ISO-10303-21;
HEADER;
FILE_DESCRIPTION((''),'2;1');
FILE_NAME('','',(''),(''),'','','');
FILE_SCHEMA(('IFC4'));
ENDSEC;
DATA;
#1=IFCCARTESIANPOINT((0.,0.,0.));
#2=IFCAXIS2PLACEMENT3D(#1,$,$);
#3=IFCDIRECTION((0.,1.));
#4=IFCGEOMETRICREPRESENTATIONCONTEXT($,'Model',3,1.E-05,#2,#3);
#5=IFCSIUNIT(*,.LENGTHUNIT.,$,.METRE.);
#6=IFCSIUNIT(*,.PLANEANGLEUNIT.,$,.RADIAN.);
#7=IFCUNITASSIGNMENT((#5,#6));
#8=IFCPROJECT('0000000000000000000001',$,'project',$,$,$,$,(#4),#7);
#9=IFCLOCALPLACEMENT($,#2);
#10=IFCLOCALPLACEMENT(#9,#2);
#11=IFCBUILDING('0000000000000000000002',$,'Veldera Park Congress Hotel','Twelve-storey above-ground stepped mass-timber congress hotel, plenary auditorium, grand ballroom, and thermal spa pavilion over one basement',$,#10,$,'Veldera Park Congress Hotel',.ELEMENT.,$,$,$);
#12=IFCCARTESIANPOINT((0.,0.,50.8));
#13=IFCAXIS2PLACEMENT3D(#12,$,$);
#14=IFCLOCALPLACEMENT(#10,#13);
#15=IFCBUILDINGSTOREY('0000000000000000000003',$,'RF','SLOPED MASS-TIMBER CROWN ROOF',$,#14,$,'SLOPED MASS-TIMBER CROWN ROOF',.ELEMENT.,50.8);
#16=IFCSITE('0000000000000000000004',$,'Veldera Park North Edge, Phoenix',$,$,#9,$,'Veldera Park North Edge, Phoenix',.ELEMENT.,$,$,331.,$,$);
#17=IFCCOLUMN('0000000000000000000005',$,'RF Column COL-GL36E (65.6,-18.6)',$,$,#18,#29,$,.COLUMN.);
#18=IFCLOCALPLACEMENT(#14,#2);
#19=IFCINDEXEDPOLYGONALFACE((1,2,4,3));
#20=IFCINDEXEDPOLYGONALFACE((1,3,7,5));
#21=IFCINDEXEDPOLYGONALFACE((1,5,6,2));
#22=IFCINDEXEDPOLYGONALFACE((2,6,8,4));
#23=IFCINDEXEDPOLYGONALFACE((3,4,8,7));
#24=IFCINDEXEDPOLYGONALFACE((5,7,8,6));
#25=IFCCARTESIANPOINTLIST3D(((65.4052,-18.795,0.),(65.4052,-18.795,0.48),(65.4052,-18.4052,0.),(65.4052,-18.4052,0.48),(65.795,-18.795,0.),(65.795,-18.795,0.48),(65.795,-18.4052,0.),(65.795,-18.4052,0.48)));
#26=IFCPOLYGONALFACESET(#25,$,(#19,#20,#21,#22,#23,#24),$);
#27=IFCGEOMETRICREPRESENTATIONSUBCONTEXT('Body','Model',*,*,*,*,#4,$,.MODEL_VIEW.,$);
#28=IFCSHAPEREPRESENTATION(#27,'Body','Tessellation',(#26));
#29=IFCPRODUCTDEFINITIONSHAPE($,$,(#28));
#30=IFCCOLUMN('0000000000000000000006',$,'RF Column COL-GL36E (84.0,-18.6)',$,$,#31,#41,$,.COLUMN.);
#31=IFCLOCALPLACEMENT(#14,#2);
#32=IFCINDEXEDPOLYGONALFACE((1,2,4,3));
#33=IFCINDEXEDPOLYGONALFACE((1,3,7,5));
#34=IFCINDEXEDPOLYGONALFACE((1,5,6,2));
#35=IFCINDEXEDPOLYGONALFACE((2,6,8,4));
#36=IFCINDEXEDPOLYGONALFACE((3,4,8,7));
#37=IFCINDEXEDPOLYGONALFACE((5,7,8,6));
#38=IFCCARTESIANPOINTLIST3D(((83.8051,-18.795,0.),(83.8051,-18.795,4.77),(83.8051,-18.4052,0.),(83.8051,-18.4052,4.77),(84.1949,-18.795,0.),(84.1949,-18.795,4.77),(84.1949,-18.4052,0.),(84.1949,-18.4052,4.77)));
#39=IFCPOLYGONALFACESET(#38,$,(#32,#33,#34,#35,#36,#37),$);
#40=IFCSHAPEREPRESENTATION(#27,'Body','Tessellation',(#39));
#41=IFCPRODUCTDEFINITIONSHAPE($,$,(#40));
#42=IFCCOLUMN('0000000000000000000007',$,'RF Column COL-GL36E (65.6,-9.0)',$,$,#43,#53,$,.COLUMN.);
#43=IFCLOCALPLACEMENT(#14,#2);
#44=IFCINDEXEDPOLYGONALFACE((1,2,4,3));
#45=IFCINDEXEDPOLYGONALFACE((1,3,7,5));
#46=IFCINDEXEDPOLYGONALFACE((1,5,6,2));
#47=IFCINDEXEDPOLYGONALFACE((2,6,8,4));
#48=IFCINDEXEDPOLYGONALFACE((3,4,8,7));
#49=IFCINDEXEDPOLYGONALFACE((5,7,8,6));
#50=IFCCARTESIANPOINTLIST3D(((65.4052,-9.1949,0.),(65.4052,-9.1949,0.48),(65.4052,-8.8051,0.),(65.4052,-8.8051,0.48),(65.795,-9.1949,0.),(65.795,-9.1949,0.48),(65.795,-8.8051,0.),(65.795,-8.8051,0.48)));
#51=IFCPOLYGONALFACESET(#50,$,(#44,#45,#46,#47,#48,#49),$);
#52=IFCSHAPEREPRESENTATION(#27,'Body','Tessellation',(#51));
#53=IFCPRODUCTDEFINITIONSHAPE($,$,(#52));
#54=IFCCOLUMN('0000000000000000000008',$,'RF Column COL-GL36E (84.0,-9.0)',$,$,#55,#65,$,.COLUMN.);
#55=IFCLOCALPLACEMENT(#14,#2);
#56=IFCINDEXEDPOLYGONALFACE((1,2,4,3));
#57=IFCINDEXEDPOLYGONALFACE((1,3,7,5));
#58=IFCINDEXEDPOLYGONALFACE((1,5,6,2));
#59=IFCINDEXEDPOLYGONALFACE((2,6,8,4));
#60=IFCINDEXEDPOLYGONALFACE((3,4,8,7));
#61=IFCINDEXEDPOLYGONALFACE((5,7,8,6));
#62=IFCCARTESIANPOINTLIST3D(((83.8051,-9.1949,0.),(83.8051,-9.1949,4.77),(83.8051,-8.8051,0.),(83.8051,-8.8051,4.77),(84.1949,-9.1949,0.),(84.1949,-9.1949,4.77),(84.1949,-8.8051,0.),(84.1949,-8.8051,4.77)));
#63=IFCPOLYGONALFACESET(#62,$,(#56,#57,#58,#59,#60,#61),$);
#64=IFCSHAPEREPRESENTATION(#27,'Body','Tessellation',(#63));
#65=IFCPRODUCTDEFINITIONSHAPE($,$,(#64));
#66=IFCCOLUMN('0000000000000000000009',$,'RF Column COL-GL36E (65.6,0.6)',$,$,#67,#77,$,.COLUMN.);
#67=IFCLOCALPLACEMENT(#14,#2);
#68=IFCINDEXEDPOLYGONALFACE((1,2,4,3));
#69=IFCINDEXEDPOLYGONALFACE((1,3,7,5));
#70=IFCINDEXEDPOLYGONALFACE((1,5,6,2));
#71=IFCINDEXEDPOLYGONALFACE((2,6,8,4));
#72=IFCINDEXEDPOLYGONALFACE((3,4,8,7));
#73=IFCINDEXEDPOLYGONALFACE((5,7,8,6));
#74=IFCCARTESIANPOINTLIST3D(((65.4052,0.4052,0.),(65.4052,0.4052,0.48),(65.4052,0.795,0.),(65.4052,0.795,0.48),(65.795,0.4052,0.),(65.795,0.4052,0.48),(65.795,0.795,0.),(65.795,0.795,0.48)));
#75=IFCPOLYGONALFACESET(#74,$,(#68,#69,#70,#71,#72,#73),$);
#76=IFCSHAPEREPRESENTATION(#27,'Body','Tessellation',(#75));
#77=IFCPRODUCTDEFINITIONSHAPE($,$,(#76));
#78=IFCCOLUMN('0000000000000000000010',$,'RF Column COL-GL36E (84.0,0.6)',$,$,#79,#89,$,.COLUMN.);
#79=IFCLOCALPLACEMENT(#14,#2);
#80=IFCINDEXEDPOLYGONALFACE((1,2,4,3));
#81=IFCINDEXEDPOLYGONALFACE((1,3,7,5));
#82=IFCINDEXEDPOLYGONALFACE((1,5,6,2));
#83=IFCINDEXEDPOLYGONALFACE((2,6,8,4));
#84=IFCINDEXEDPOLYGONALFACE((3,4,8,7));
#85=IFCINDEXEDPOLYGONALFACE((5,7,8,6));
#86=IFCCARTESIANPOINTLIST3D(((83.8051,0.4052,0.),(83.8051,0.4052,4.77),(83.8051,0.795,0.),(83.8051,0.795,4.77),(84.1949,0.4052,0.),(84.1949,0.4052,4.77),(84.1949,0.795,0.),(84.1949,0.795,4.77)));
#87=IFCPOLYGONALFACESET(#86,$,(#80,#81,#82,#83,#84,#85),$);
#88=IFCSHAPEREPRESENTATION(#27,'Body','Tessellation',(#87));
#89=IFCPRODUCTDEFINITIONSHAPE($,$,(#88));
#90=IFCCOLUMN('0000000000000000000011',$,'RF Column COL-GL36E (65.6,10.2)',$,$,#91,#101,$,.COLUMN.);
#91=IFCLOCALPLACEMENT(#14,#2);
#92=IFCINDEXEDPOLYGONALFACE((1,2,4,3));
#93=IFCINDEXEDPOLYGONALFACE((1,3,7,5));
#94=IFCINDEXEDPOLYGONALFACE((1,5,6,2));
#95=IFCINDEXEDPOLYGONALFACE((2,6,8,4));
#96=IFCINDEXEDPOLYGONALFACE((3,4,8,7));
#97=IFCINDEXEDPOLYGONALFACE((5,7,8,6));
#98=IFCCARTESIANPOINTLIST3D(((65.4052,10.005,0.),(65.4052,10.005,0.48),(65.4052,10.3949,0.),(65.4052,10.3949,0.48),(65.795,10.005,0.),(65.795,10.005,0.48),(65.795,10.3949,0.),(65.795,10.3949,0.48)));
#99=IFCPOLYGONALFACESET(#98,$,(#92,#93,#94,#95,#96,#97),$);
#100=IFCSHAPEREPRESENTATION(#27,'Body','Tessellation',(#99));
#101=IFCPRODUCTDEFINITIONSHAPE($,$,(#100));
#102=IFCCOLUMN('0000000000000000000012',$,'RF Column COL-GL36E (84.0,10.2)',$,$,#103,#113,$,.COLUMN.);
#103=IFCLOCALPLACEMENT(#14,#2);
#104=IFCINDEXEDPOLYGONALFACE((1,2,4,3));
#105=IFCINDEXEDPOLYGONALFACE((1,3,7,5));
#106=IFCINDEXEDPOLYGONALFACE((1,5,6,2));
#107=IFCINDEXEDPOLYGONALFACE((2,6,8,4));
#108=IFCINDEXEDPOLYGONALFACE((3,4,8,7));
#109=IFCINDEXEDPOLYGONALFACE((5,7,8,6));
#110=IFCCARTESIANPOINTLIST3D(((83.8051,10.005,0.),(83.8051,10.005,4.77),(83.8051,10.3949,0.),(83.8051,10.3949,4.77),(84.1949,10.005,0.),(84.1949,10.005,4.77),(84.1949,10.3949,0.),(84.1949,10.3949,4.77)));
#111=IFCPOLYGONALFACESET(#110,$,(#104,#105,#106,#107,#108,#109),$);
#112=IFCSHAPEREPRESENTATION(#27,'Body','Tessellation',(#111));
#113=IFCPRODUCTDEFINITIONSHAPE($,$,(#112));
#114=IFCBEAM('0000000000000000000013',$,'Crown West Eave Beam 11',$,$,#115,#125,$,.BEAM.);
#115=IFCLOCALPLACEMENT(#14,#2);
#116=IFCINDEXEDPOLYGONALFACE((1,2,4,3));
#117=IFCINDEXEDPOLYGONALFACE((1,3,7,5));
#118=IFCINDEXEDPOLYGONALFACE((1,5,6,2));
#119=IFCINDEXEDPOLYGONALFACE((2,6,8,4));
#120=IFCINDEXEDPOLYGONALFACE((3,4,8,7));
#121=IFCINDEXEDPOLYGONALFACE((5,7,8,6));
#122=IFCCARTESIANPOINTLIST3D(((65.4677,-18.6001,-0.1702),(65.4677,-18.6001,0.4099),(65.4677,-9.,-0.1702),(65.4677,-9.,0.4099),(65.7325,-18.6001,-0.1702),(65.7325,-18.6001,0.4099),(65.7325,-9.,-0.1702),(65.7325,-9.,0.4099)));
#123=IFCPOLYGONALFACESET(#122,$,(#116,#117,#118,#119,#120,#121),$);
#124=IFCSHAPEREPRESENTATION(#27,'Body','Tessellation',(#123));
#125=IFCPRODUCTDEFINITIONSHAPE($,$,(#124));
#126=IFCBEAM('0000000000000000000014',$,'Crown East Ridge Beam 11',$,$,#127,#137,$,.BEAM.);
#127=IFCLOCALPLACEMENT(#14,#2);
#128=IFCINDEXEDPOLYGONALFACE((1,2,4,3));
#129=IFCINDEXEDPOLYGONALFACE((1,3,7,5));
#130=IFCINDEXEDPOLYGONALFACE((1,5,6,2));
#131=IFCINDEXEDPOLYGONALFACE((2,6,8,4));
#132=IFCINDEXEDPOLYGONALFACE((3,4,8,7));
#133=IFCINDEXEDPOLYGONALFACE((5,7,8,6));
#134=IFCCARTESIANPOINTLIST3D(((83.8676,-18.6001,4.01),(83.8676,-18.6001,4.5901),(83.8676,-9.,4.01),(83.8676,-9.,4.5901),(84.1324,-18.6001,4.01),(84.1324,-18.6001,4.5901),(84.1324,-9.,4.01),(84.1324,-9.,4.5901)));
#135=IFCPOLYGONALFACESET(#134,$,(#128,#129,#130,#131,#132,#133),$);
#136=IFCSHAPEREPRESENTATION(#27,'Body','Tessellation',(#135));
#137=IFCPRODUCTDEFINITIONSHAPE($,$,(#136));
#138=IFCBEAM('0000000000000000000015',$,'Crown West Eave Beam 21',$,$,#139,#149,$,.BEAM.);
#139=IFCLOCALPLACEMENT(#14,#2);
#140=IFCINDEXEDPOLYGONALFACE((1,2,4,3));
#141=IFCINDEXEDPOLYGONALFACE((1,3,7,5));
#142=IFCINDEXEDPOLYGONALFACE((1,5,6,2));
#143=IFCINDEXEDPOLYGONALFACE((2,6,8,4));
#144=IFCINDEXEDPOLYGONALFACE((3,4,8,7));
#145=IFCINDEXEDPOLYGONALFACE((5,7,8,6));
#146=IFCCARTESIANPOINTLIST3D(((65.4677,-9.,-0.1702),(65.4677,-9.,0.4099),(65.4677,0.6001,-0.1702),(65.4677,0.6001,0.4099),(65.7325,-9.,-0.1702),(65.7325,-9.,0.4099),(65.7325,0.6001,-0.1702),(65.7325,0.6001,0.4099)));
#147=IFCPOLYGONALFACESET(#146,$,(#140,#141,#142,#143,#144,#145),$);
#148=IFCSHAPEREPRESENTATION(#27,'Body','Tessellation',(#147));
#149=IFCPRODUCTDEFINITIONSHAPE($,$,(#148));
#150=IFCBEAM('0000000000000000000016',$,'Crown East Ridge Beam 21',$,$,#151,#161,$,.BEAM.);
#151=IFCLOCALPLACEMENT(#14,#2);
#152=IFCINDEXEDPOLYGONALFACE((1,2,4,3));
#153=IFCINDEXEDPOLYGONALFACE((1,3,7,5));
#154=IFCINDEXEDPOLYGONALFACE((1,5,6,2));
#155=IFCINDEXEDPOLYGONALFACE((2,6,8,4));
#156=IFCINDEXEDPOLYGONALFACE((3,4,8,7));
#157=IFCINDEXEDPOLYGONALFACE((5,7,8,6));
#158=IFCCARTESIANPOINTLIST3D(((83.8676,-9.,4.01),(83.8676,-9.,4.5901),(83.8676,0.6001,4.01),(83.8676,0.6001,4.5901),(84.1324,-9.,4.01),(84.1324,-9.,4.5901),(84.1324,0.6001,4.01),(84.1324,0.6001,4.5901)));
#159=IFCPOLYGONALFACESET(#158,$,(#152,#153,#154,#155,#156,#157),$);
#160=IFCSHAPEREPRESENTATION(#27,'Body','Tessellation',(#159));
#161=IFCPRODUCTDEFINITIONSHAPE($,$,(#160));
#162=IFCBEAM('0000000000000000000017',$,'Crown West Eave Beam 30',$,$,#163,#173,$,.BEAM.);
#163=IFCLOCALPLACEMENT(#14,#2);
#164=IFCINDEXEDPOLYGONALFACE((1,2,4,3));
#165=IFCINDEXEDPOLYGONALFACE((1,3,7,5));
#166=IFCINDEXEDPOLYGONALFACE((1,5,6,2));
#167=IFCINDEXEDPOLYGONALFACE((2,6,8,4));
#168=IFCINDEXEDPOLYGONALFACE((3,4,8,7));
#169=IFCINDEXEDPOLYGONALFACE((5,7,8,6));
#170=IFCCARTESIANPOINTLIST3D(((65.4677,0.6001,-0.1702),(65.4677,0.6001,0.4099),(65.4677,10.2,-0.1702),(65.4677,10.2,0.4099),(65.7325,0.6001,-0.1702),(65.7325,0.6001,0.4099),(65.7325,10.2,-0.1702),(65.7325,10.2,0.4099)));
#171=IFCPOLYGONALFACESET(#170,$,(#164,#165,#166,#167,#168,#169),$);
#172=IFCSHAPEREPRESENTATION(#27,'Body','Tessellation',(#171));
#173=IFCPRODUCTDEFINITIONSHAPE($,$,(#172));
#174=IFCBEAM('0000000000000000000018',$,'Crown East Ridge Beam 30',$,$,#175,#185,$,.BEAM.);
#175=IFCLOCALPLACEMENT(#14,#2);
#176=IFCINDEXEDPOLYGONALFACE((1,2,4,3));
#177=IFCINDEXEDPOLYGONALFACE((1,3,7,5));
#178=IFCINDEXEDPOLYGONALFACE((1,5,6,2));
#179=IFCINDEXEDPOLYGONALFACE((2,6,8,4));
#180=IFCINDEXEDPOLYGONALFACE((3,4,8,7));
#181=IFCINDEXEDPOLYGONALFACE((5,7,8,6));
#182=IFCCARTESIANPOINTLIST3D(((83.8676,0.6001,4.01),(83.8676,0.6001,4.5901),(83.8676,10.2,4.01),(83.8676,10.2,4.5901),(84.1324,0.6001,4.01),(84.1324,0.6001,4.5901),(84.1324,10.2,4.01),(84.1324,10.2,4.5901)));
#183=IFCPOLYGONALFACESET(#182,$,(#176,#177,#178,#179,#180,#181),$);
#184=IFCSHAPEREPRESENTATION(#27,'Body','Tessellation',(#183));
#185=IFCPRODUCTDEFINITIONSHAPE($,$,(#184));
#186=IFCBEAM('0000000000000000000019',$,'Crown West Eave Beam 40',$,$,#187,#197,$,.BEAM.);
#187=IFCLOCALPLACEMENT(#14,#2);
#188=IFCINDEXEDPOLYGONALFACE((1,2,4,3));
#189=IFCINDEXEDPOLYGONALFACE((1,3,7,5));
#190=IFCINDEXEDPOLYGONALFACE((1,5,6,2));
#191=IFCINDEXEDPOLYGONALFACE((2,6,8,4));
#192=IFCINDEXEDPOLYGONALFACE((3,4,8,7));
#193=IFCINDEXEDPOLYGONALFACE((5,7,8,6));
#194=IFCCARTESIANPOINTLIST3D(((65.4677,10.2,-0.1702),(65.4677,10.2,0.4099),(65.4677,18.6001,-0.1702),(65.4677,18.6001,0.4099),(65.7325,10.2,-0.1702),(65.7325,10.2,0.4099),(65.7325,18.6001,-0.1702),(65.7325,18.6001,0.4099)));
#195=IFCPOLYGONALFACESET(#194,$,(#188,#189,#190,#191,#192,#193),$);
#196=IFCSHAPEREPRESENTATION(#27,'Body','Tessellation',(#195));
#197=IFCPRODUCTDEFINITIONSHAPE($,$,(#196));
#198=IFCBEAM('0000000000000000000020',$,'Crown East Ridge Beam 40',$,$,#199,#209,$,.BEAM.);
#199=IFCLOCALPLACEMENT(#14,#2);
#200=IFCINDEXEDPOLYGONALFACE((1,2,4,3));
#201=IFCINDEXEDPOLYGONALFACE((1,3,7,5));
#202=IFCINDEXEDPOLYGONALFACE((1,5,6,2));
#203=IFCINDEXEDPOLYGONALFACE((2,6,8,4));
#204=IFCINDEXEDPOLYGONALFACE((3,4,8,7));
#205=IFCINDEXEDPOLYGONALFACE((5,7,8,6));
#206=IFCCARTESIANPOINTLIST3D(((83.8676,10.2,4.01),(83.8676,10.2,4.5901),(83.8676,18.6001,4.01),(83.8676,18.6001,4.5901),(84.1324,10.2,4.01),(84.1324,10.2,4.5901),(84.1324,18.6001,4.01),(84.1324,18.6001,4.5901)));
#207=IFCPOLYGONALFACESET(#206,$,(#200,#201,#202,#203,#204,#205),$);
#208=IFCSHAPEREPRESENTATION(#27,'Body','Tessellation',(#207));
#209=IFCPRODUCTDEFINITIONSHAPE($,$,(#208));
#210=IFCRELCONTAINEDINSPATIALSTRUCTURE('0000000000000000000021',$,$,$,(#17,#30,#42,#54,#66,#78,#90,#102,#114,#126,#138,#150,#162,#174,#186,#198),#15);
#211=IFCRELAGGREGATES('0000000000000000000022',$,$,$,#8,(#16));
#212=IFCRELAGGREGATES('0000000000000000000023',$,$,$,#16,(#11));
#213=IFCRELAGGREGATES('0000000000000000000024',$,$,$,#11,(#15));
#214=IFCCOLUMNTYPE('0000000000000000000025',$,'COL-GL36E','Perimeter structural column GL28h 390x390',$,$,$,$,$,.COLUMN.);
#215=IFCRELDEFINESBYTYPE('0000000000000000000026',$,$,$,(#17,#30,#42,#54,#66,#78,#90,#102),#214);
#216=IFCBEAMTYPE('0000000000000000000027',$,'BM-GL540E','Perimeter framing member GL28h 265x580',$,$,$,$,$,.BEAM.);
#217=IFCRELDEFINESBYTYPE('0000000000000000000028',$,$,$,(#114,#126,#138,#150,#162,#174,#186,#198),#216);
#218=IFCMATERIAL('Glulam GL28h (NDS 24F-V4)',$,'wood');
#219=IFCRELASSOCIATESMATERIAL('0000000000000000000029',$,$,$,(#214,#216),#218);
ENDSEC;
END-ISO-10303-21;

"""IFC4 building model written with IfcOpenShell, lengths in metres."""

from ifc_helpers import new_model, si_unit, direction, frame, origin, origin_2d, place, context, subcontext, project, spatial, rectangle, extrude, material, material_profile, profile_set, type_object, element, save


model = new_model("IFC4")

# Units and contexts
model_context = context("Model", 3, precision=1e-05, world=origin(), true_north=direction((0.0, 1.0)))
body_context = subcontext(model_context, "Body", "Model", "MODEL_VIEW")
ifc_project = project(units=[si_unit("LENGTHUNIT", "METRE"), si_unit("PLANEANGLEUNIT", "RADIAN")], contexts=[model_context])

# Site, building, storey
site_placement = place(None, origin())
site = spatial("IfcSite", under=ifc_project, at=site_placement, Name="Veldera Park North Edge, Phoenix", LongName="Veldera Park North Edge, Phoenix", CompositionType="ELEMENT", RefElevation=331.0)
building_placement = place(site_placement, origin())
building = spatial("IfcBuilding", under=site, at=building_placement, Name="Veldera Park Congress Hotel", Description="Twelve-storey above-ground stepped mass-timber congress hotel, plenary auditorium, grand ballroom, and thermal spa pavilion over one basement", LongName="Veldera Park Congress Hotel", CompositionType="ELEMENT")
storey_placement = place(building_placement, frame((0.0, 0.0, 50.8)))
storey = spatial("IfcBuildingStorey", under=building, at=storey_placement, Name="RF", Description="SLOPED MASS-TIMBER CROWN ROOF", LongName="SLOPED MASS-TIMBER CROWN ROOF", CompositionType="ELEMENT", Elevation=50.8)

# Columns
ifc_material_1 = material(Name="Glulam GL28h (NDS 24F-V4)", Category="wood")
ifc_material_profile_1 = material_profile(ifc_material_1, rectangle(XDim=0.3899, YDim=0.3899, at=origin_2d()), Name="GL28h 390x390")
ifc_profile_set_1 = profile_set([ifc_material_profile_1], Name="Glulam GL28h (NDS 24F-V4)")
column_type = type_object("IfcColumnType", Name="COL-GL36E", Description="Perimeter structural column GL28h 390x390", PredefinedType="COLUMN", material=ifc_profile_set_1)
column_1_placement = place(storey_placement, frame((65.6001, -18.6001, 0.0), z_axis=(0.0, 0.0, 1.0), x_axis=(1.0, 0.0, 0.0)))
element("IfcColumn", 1, at=column_1_placement, inside=storey, type_object=column_type, Name="RF Column COL-GL36E (65.6,-18.6)", PredefinedType="COLUMN", context=body_context, shape_type="SweptSolid", body=[
    extrude(rectangle(XDim=0.3899, YDim=0.3899, at=origin_2d()), origin(), (0.0, 0.0, 1.0), 0.48),
])
column_2_placement = place(storey_placement, frame((84.0, -18.6001, 0.0), z_axis=(0.0, 0.0, 1.0), x_axis=(1.0, 0.0, 0.0)))
element("IfcColumn", 2, at=column_2_placement, inside=storey, type_object=column_type, Name="RF Column COL-GL36E (84.0,-18.6)", PredefinedType="COLUMN", context=body_context, shape_type="SweptSolid", body=[
    extrude(rectangle(XDim=0.3899, YDim=0.3899, at=origin_2d()), origin(), (0.0, 0.0, 1.0), 4.77),
])
column_3_placement = place(storey_placement, frame((65.6001, -9.0, 0.0), z_axis=(0.0, 0.0, 1.0), x_axis=(1.0, 0.0, 0.0)))
element("IfcColumn", 3, at=column_3_placement, inside=storey, type_object=column_type, Name="RF Column COL-GL36E (65.6,-9.0)", PredefinedType="COLUMN", context=body_context, shape_type="SweptSolid", body=[
    extrude(rectangle(XDim=0.3899, YDim=0.3899, at=origin_2d()), origin(), (0.0, 0.0, 1.0), 0.48),
])
column_4_placement = place(storey_placement, frame((84.0, -9.0, 0.0), z_axis=(0.0, 0.0, 1.0), x_axis=(1.0, 0.0, 0.0)))
element("IfcColumn", 4, at=column_4_placement, inside=storey, type_object=column_type, Name="RF Column COL-GL36E (84.0,-9.0)", PredefinedType="COLUMN", context=body_context, shape_type="SweptSolid", body=[
    extrude(rectangle(XDim=0.3899, YDim=0.3899, at=origin_2d()), origin(), (0.0, 0.0, 1.0), 4.77),
])
column_5_placement = place(storey_placement, frame((65.6001, 0.6001, 0.0), z_axis=(0.0, 0.0, 1.0), x_axis=(1.0, 0.0, 0.0)))
element("IfcColumn", 5, at=column_5_placement, inside=storey, type_object=column_type, Name="RF Column COL-GL36E (65.6,0.6)", PredefinedType="COLUMN", context=body_context, shape_type="SweptSolid", body=[
    extrude(rectangle(XDim=0.3899, YDim=0.3899, at=origin_2d()), origin(), (0.0, 0.0, 1.0), 0.48),
])
column_6_placement = place(storey_placement, frame((84.0, 0.6001, 0.0), z_axis=(0.0, 0.0, 1.0), x_axis=(1.0, 0.0, 0.0)))
element("IfcColumn", 6, at=column_6_placement, inside=storey, type_object=column_type, Name="RF Column COL-GL36E (84.0,0.6)", PredefinedType="COLUMN", context=body_context, shape_type="SweptSolid", body=[
    extrude(rectangle(XDim=0.3899, YDim=0.3899, at=origin_2d()), origin(), (0.0, 0.0, 1.0), 4.77),
])
column_7_placement = place(storey_placement, frame((65.6001, 10.2, 0.0), z_axis=(0.0, 0.0, 1.0), x_axis=(1.0, 0.0, 0.0)))
element("IfcColumn", 7, at=column_7_placement, inside=storey, type_object=column_type, Name="RF Column COL-GL36E (65.6,10.2)", PredefinedType="COLUMN", context=body_context, shape_type="SweptSolid", body=[
    extrude(rectangle(XDim=0.3899, YDim=0.3899, at=origin_2d()), origin(), (0.0, 0.0, 1.0), 0.48),
])
column_8_placement = place(storey_placement, frame((84.0, 10.2, 0.0), z_axis=(0.0, 0.0, 1.0), x_axis=(1.0, 0.0, 0.0)))
element("IfcColumn", 8, at=column_8_placement, inside=storey, type_object=column_type, Name="RF Column COL-GL36E (84.0,10.2)", PredefinedType="COLUMN", context=body_context, shape_type="SweptSolid", body=[
    extrude(rectangle(XDim=0.3899, YDim=0.3899, at=origin_2d()), origin(), (0.0, 0.0, 1.0), 4.77),
])

# Beams
ifc_material_profile_2 = material_profile(ifc_material_1, rectangle(XDim=0.2649, YDim=0.5801, at=origin_2d()), Name="GL28h 265x580")
ifc_profile_set_2 = profile_set([ifc_material_profile_2], Name="Glulam GL28h (NDS 24F-V4)")
beam_type = type_object("IfcBeamType", Name="BM-GL540E", Description="Perimeter framing member GL28h 265x580", PredefinedType="BEAM", material=ifc_profile_set_2)
for number, where, z_axis, x_axis, name in (
    (9, (65.6001, -18.6001, 0.1199), (0.0, 1.0, 0.0), (-1.0, 0.0, 0.0), "Crown West Eave Beam 11"),
    (10, (84.0, -18.6001, 4.3), (0.0, 1.0, 0.0), (-1.0, 0.0, 0.0), "Crown East Ridge Beam 11"),
    (11, (65.6001, -9.0, 0.1199), (0.0, 1.0, 0.0), (-1.0, 0.0, 0.0), "Crown West Eave Beam 21"),
    (12, (84.0, -9.0, 4.3), (0.0, 1.0, 0.0), (-1.0, 0.0, 0.0), "Crown East Ridge Beam 21"),
):
    element("IfcBeam", number, at=place(storey_placement, frame(where, z_axis=z_axis, x_axis=x_axis)), inside=storey, type_object=beam_type, Name=name, PredefinedType="BEAM", context=body_context, shape_type="SweptSolid", body=[
        extrude(rectangle(XDim=0.2649, YDim=0.5801, at=origin_2d()), origin(), (0.0, 0.0, 1.0), 9.6001),
    ])
for number, where, z_axis, x_axis, name in (
    (13, (65.6001, 0.6001, 0.1199), (0.0, 1.0, 0.0), (-1.0, 0.0, 0.0), "Crown West Eave Beam 30"),
    (14, (84.0, 0.6001, 4.3), (0.0, 1.0, 0.0), (-1.0, 0.0, 0.0), "Crown East Ridge Beam 30"),
):
    element("IfcBeam", number, at=place(storey_placement, frame(where, z_axis=z_axis, x_axis=x_axis)), inside=storey, type_object=beam_type, Name=name, PredefinedType="BEAM", context=body_context, shape_type="SweptSolid", body=[
        extrude(rectangle(XDim=0.2649, YDim=0.5801, at=origin_2d()), origin(), (0.0, 0.0, 1.0), 9.5999),
    ])
for number, where, z_axis, x_axis, name in (
    (15, (65.6001, 10.2, 0.1199), (0.0, 1.0, 0.0), (-1.0, 0.0, 0.0), "Crown West Eave Beam 40"),
    (16, (84.0, 10.2, 4.3), (0.0, 1.0, 0.0), (-1.0, 0.0, 0.0), "Crown East Ridge Beam 40"),
):
    element("IfcBeam", number, at=place(storey_placement, frame(where, z_axis=z_axis, x_axis=x_axis)), inside=storey, type_object=beam_type, Name=name, PredefinedType="BEAM", context=body_context, shape_type="SweptSolid", body=[
        extrude(rectangle(XDim=0.2649, YDim=0.5801, at=origin_2d()), origin(), (0.0, 0.0, 1.0), 8.4001),
    ])

save(model, "model.ifc")
